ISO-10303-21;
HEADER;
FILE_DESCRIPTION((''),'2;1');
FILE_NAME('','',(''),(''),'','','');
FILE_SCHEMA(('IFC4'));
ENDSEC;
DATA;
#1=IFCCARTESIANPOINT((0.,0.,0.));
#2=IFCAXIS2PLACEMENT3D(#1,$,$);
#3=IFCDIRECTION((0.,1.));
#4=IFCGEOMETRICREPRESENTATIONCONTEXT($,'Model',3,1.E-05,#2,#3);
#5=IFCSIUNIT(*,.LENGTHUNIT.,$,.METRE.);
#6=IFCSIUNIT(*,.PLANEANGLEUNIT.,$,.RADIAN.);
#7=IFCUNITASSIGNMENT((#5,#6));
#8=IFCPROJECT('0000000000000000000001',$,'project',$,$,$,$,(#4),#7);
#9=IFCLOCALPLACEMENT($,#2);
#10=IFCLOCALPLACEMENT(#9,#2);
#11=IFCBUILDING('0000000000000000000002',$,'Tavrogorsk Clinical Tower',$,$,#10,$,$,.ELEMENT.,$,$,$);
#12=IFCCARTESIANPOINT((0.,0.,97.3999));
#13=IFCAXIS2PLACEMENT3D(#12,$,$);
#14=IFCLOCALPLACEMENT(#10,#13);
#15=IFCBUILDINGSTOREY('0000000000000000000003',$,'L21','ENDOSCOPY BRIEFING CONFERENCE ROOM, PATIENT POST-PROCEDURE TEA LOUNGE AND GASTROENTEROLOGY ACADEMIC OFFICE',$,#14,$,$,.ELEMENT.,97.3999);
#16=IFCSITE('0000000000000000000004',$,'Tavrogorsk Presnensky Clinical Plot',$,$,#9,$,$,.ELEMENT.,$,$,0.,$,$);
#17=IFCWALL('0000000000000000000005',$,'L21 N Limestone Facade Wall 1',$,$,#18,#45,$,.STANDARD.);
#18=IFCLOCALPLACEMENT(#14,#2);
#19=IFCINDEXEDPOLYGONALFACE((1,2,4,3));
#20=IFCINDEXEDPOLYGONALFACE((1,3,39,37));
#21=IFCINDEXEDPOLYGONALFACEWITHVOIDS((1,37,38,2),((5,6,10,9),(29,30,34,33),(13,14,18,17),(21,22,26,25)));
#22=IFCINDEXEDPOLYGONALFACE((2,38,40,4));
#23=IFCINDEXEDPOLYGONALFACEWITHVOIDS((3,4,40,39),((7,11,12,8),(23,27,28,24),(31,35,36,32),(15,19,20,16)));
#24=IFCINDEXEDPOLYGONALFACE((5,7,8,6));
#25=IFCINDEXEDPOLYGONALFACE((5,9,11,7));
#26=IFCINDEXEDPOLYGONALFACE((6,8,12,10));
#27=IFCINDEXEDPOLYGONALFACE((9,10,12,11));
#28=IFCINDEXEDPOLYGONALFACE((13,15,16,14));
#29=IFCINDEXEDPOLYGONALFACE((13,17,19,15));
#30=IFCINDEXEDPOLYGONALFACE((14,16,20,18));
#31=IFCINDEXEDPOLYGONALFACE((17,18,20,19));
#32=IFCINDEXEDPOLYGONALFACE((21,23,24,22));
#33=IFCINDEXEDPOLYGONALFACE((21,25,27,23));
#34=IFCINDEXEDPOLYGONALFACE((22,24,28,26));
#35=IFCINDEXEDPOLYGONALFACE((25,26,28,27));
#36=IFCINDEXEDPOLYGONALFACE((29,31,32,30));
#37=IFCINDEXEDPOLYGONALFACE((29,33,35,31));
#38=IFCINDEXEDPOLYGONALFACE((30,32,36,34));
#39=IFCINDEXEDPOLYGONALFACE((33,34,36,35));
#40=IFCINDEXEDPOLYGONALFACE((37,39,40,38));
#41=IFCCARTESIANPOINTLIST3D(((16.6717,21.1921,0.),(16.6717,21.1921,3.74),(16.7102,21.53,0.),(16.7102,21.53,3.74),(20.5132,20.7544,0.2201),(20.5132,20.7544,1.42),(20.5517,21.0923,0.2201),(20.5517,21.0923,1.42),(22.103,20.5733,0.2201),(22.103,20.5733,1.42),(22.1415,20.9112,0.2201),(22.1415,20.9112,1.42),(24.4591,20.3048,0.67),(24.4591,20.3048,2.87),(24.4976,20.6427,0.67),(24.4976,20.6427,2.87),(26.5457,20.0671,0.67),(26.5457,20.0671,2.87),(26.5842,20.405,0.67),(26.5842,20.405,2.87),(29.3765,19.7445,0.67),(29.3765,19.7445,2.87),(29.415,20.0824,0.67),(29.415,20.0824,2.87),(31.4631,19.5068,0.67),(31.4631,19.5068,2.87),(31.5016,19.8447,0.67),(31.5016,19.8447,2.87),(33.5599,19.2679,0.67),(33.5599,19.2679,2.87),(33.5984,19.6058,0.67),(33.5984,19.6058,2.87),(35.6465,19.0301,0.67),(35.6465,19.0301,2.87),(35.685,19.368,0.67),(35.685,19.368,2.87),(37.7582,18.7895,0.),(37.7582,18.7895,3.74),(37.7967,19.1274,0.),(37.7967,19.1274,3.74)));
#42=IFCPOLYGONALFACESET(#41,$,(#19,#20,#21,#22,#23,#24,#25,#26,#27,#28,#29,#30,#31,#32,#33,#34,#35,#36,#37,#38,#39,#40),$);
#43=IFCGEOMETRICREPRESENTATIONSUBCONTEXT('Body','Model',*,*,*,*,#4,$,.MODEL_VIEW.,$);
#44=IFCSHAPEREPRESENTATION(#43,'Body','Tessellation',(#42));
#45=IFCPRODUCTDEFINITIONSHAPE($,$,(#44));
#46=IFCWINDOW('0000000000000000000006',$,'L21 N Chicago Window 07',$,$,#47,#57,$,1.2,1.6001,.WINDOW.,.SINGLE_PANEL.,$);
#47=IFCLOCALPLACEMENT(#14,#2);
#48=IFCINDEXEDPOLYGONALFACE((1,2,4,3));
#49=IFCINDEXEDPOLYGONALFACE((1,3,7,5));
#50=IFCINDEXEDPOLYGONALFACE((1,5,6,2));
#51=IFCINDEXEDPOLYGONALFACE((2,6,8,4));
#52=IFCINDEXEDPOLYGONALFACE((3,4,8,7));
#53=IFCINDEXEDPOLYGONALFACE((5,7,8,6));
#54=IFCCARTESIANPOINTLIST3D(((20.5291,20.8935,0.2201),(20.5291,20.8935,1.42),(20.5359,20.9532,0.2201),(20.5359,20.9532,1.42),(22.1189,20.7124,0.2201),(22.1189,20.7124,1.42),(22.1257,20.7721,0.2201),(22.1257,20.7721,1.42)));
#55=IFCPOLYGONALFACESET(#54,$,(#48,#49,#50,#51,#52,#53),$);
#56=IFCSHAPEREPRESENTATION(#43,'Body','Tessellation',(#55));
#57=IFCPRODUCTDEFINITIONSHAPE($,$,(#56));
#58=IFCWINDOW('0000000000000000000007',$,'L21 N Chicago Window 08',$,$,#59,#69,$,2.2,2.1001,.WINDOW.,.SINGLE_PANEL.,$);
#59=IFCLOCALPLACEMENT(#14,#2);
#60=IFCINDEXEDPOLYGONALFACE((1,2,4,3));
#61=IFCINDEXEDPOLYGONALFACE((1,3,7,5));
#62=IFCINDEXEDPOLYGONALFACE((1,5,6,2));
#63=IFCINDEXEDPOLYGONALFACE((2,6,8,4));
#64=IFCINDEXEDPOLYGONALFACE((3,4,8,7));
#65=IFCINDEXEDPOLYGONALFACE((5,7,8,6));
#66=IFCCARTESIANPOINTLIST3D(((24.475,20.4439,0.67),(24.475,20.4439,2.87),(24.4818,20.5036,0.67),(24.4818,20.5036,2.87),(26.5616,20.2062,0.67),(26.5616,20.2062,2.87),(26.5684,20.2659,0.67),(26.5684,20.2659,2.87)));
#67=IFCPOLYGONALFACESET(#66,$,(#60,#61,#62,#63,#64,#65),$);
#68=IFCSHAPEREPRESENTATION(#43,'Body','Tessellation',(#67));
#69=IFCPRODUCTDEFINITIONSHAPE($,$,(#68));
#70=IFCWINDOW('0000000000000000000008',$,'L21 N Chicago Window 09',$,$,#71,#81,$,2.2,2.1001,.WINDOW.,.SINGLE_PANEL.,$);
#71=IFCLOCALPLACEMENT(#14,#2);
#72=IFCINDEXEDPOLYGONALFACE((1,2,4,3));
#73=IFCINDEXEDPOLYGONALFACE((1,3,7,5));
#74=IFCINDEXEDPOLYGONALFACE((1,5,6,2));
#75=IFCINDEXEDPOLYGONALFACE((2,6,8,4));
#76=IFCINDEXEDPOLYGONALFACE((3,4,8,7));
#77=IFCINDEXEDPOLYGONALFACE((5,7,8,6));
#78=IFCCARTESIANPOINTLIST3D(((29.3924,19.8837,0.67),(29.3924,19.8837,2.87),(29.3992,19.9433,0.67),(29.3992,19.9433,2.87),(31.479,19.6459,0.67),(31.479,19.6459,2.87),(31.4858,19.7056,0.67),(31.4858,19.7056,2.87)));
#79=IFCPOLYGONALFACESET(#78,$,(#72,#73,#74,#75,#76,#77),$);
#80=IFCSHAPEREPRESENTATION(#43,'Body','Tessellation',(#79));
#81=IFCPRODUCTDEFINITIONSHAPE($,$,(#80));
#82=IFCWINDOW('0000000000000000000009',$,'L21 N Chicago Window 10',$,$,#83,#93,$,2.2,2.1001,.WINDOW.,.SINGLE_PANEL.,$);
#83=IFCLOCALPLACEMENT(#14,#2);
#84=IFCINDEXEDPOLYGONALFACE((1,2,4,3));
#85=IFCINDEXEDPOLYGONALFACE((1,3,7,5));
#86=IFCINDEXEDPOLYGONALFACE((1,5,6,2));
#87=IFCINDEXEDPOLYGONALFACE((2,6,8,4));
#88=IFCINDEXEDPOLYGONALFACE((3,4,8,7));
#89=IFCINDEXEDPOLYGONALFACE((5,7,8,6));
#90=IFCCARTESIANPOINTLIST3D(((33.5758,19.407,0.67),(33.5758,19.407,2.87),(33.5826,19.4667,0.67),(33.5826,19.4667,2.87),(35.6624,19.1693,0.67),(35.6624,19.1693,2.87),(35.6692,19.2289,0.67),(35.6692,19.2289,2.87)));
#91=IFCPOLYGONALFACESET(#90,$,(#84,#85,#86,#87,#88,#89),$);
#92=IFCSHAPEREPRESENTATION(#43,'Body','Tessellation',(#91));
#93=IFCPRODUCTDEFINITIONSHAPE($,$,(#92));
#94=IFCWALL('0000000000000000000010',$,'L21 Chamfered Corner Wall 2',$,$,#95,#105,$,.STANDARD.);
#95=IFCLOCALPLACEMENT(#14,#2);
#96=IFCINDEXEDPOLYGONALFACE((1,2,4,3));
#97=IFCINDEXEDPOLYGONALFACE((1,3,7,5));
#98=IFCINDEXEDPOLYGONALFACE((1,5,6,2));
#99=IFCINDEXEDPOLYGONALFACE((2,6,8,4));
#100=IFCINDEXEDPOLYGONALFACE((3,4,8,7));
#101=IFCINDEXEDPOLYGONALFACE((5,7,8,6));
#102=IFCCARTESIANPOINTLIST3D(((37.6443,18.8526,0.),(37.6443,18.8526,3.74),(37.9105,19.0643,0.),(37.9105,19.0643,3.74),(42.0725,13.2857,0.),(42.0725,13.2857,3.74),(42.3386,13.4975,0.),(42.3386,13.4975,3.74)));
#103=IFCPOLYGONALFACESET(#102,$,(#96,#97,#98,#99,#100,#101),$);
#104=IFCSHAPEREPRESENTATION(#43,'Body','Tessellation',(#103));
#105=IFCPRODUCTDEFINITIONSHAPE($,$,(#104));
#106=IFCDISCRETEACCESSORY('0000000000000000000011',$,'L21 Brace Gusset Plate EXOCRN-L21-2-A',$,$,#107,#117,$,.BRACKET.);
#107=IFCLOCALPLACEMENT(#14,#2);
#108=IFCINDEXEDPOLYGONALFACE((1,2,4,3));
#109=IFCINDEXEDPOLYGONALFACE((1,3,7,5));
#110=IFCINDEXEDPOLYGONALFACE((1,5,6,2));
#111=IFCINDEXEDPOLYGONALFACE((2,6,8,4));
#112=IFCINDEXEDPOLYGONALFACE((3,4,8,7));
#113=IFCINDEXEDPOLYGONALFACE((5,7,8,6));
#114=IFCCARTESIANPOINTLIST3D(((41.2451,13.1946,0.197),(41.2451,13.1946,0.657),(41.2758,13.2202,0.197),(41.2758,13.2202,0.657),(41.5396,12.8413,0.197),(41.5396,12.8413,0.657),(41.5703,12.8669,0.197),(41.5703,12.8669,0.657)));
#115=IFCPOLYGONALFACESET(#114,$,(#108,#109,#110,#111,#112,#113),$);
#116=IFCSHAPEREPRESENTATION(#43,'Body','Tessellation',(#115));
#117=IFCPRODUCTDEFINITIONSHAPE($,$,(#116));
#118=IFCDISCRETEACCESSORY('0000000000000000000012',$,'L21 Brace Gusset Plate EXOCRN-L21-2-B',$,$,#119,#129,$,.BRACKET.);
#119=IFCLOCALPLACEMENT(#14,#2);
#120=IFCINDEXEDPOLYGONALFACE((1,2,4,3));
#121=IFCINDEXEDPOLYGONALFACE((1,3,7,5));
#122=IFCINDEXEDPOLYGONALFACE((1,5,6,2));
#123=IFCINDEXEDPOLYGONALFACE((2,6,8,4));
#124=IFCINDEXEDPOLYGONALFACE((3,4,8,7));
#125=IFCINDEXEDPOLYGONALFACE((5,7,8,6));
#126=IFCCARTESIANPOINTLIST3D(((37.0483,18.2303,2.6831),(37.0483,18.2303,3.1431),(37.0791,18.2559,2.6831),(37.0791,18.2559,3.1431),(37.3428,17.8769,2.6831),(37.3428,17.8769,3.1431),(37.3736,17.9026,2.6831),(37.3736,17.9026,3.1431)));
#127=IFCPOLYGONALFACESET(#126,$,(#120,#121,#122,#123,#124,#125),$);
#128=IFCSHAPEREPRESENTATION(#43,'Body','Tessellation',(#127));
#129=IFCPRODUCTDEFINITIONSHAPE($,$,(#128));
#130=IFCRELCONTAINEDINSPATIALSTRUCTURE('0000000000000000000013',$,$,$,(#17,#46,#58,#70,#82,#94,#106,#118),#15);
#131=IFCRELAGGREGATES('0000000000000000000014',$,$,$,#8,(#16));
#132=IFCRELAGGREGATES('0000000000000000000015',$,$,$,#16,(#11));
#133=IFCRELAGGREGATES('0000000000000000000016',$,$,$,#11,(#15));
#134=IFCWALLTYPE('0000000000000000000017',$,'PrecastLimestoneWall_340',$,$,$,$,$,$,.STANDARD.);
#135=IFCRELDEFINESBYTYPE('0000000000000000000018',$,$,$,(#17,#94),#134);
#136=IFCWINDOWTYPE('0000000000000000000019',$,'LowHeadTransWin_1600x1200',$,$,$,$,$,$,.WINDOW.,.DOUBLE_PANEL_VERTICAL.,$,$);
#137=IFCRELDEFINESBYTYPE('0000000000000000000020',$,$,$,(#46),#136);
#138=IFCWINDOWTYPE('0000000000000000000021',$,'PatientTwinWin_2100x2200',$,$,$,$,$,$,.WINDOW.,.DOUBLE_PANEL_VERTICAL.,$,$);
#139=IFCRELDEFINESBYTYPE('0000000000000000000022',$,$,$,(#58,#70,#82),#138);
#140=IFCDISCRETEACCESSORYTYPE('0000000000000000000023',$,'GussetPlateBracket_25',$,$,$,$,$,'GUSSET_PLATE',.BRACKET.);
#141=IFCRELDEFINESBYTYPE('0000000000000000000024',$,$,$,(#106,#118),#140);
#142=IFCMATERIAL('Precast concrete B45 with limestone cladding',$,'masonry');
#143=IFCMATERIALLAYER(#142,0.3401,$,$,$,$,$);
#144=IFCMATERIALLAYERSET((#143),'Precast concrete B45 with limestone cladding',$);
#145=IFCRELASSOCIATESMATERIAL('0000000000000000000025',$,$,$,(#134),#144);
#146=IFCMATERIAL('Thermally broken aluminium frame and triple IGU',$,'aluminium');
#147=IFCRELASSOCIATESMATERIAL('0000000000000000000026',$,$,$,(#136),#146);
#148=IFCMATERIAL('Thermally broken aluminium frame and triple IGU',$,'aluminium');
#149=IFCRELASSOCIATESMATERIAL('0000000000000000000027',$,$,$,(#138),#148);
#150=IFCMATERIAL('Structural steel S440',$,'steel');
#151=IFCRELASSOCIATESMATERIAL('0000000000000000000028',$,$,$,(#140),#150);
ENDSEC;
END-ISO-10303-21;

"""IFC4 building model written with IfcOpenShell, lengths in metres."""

from ifc_helpers import new_model, si_unit, direction, frame, frame_2d, origin, origin_2d, place, context, subcontext, project, spatial, rectangle, extrude, material, layer, layer_set, type_object, element, fill, save


model = new_model("IFC4")

# Units and contexts
model_context = context("Model", 3, precision=1e-05, world=origin(), true_north=direction((0.0, 1.0)))
body_context = subcontext(model_context, "Body", "Model", "MODEL_VIEW")
ifc_project = project(units=[si_unit("LENGTHUNIT", "METRE"), si_unit("PLANEANGLEUNIT", "RADIAN")], contexts=[model_context])

# Site, building, storey
site_placement = place(None, origin())
site = spatial("IfcSite", under=ifc_project, at=site_placement, Name="Tavrogorsk Presnensky Clinical Plot", CompositionType="ELEMENT", RefElevation=0.0)
building_placement = place(site_placement, origin())
building = spatial("IfcBuilding", under=site, at=building_placement, Name="Tavrogorsk Clinical Tower", CompositionType="ELEMENT")
storey_placement = place(building_placement, frame((0.0, 0.0, 97.3999)))
storey = spatial("IfcBuildingStorey", under=building, at=storey_placement, Name="L21", Description="ENDOSCOPY BRIEFING CONFERENCE ROOM, PATIENT POST-PROCEDURE TEA LOUNGE AND GASTROENTEROLOGY ACADEMIC OFFICE", CompositionType="ELEMENT", Elevation=97.3999)

# Wall, openings, windows
ifc_material_1 = material(Name="Precast concrete B45 with limestone cladding", Category="masonry")
ifc_layer_1 = layer(ifc_material_1, 0.3401)
ifc_layer_set_1 = layer_set([ifc_layer_1], Name="Precast concrete B45 with limestone cladding")
wall_type_1 = type_object("IfcWallType", Name="PrecastLimestoneWall_340", PredefinedType="STANDARD", material=ifc_layer_set_1)
wall_1_placement = place(storey_placement, frame((37.7773, 18.9585, 0.0), z_axis=(0.0, 0.0, 1.0), x_axis=(-0.993571, 0.113208, 0.0)))
wall_1 = element("IfcWall", 1, at=wall_1_placement, inside=storey, type_object=wall_type_1, Name="L21 N Limestone Facade Wall 1", PredefinedType="STANDARD", context=body_context, shape_type="SweptSolid", body=[
    extrude(rectangle(XDim=21.2229, YDim=0.3401, at=frame_2d((10.6113, 0.0))), origin(), (0.0, 0.0, 1.0), 3.74),
])
opening_1_placement = place(wall_1_placement, frame((15.7563, 0.0, 0.22)))
opening_1 = element("IfcOpeningElement", 2, at=opening_1_placement, cuts=wall_1, PredefinedType="OPENING", context=body_context, shape_type="SweptSolid", body=[
    extrude(rectangle(XDim=1.6001, YDim=1.2, at=frame_2d((0.8, 0.6001))), frame((0.0, 0.1799, 0.0), z_axis=(0.0, -1.0, 0.0), x_axis=(1.0, 0.0, 0.0)), (0.0, 0.0, 1.0), 0.3601),
])
opening_2_placement = place(wall_1_placement, frame((11.2849, 0.0, 0.6699)))
opening_2 = element("IfcOpeningElement", 3, at=opening_2_placement, cuts=wall_1, PredefinedType="OPENING", context=body_context, shape_type="SweptSolid", body=[
    extrude(rectangle(XDim=2.1001, YDim=2.2, at=frame_2d((1.05, 1.1001))), frame((0.0, 0.1799, 0.0), z_axis=(0.0, -1.0, 0.0), x_axis=(1.0, 0.0, 0.0)), (0.0, 0.0, 1.0), 0.3601),
])
opening_3_placement = place(wall_1_placement, frame((6.3357, 0.0, 0.6699)))
opening_3 = element("IfcOpeningElement", 4, at=opening_3_placement, cuts=wall_1, PredefinedType="OPENING", context=body_context, shape_type="SweptSolid", body=[
    extrude(rectangle(XDim=2.1001, YDim=2.2, at=frame_2d((1.05, 1.1001))), frame((0.0, 0.1799, 0.0), z_axis=(0.0, -1.0, 0.0), x_axis=(1.0, 0.0, 0.0)), (0.0, 0.0, 1.0), 0.3601),
])
opening_4_placement = place(wall_1_placement, frame((2.1252, 0.0, 0.6699)))
opening_4 = element("IfcOpeningElement", 5, at=opening_4_placement, cuts=wall_1, PredefinedType="OPENING", context=body_context, shape_type="SweptSolid", body=[
    extrude(rectangle(XDim=2.1001, YDim=2.2, at=frame_2d((1.05, 1.1001))), frame((0.0, 0.1799, 0.0), z_axis=(0.0, -1.0, 0.0), x_axis=(1.0, 0.0, 0.0)), (0.0, 0.0, 1.0), 0.3601),
])
ifc_material_2 = material(Name="Thermally broken aluminium frame and triple IGU", Category="aluminium")
window_type_1 = type_object("IfcWindowType", Name="LowHeadTransWin_1600x1200", PartitioningType="DOUBLE_PANEL_VERTICAL", PredefinedType="WINDOW", material=ifc_material_2)
window_1_placement = place(opening_1_placement, origin())
window_1 = element("IfcWindow", 6, at=window_1_placement, inside=storey, type_object=window_type_1, Name="L21 N Chicago Window 07", OverallHeight=1.2, OverallWidth=1.6001, PartitioningType="SINGLE_PANEL", PredefinedType="WINDOW", context=body_context, shape_type="SweptSolid", body=[
    extrude(rectangle(XDim=1.6001, YDim=1.2, at=frame_2d((0.8, 0.6001))), frame((0.0, 0.03, 0.0), z_axis=(0.0, -1.0, 0.0), x_axis=(1.0, 0.0, 0.0)), (0.0, 0.0, 1.0), 0.0601),
])
fill(opening_1, window_1)
ifc_material_3 = material(Name="Thermally broken aluminium frame and triple IGU", Category="aluminium")
window_type_2 = type_object("IfcWindowType", Name="PatientTwinWin_2100x2200", PartitioningType="DOUBLE_PANEL_VERTICAL", PredefinedType="WINDOW", material=ifc_material_3)
window_2_placement = place(opening_2_placement, origin())
window_2 = element("IfcWindow", 7, at=window_2_placement, inside=storey, type_object=window_type_2, Name="L21 N Chicago Window 08", OverallHeight=2.2, OverallWidth=2.1001, PartitioningType="SINGLE_PANEL", PredefinedType="WINDOW", context=body_context, shape_type="SweptSolid", body=[
    extrude(rectangle(XDim=2.1001, YDim=2.2, at=frame_2d((1.05, 1.1001))), frame((0.0, 0.03, 0.0), z_axis=(0.0, -1.0, 0.0), x_axis=(1.0, 0.0, 0.0)), (0.0, 0.0, 1.0), 0.0601),
])
fill(opening_2, window_2)
window_3_placement = place(opening_3_placement, origin())
window_3 = element("IfcWindow", 8, at=window_3_placement, inside=storey, type_object=window_type_2, Name="L21 N Chicago Window 09", OverallHeight=2.2, OverallWidth=2.1001, PartitioningType="SINGLE_PANEL", PredefinedType="WINDOW", context=body_context, shape_type="SweptSolid", body=[
    extrude(rectangle(XDim=2.1001, YDim=2.2, at=frame_2d((1.05, 1.1001))), frame((0.0, 0.03, 0.0), z_axis=(0.0, -1.0, 0.0), x_axis=(1.0, 0.0, 0.0)), (0.0, 0.0, 1.0), 0.0601),
])
fill(opening_3, window_3)
window_4_placement = place(opening_4_placement, origin())
window_4 = element("IfcWindow", 9, at=window_4_placement, inside=storey, type_object=window_type_2, Name="L21 N Chicago Window 10", OverallHeight=2.2, OverallWidth=2.1001, PartitioningType="SINGLE_PANEL", PredefinedType="WINDOW", context=body_context, shape_type="SweptSolid", body=[
    extrude(rectangle(XDim=2.1001, YDim=2.2, at=frame_2d((1.05, 1.1001))), frame((0.0, 0.03, 0.0), z_axis=(0.0, -1.0, 0.0), x_axis=(1.0, 0.0, 0.0)), (0.0, 0.0, 1.0), 0.0601),
])
fill(opening_4, window_4)

# Wall
wall_2_placement = place(storey_placement, frame((42.2056, 13.3916, 0.0), z_axis=(0.0, 0.0, 1.0), x_axis=(-0.622525, 0.7826, 0.0)))
element("IfcWall", 10, at=wall_2_placement, inside=storey, type_object=wall_type_1, Name="L21 Chamfered Corner Wall 2", PredefinedType="STANDARD", context=body_context, shape_type="SweptSolid", body=[
    extrude(rectangle(XDim=7.1133, YDim=0.3401, at=frame_2d((3.5566, 0.0))), origin(), (0.0, 0.0, 1.0), 3.74),
])

# Discrete accessories
ifc_material_4 = material(Name="Structural steel S440", Category="steel")
discrete_accessory_type = type_object("IfcDiscreteAccessoryType", Name="GussetPlateBracket_25", ElementType="GUSSET_PLATE", PredefinedType="BRACKET", material=ifc_material_4)
for number, where, z_axis, x_axis, name in (
    (11, (41.4077, 13.0308, 0.197), (0.0, 0.0, 1.0), (-0.640244, 0.768172, 0.0), "L21 Brace Gusset Plate EXOCRN-L21-2-A"),
    (12, (37.2109, 18.0664, 2.6831), (0.0, 0.0, 1.0), (-0.640244, 0.768172, 0.0), "L21 Brace Gusset Plate EXOCRN-L21-2-B"),
):
    element("IfcDiscreteAccessory", number, at=place(storey_placement, frame(where, z_axis=z_axis, x_axis=x_axis)), inside=storey, type_object=discrete_accessory_type, Name=name, PredefinedType="BRACKET", context=body_context, shape_type="SweptSolid", body=[
        extrude(rectangle(XDim=0.46, YDim=0.04, at=origin_2d()), origin(), (0.0, 0.0, 1.0), 0.46),
    ])

save(model, "model.ifc")
